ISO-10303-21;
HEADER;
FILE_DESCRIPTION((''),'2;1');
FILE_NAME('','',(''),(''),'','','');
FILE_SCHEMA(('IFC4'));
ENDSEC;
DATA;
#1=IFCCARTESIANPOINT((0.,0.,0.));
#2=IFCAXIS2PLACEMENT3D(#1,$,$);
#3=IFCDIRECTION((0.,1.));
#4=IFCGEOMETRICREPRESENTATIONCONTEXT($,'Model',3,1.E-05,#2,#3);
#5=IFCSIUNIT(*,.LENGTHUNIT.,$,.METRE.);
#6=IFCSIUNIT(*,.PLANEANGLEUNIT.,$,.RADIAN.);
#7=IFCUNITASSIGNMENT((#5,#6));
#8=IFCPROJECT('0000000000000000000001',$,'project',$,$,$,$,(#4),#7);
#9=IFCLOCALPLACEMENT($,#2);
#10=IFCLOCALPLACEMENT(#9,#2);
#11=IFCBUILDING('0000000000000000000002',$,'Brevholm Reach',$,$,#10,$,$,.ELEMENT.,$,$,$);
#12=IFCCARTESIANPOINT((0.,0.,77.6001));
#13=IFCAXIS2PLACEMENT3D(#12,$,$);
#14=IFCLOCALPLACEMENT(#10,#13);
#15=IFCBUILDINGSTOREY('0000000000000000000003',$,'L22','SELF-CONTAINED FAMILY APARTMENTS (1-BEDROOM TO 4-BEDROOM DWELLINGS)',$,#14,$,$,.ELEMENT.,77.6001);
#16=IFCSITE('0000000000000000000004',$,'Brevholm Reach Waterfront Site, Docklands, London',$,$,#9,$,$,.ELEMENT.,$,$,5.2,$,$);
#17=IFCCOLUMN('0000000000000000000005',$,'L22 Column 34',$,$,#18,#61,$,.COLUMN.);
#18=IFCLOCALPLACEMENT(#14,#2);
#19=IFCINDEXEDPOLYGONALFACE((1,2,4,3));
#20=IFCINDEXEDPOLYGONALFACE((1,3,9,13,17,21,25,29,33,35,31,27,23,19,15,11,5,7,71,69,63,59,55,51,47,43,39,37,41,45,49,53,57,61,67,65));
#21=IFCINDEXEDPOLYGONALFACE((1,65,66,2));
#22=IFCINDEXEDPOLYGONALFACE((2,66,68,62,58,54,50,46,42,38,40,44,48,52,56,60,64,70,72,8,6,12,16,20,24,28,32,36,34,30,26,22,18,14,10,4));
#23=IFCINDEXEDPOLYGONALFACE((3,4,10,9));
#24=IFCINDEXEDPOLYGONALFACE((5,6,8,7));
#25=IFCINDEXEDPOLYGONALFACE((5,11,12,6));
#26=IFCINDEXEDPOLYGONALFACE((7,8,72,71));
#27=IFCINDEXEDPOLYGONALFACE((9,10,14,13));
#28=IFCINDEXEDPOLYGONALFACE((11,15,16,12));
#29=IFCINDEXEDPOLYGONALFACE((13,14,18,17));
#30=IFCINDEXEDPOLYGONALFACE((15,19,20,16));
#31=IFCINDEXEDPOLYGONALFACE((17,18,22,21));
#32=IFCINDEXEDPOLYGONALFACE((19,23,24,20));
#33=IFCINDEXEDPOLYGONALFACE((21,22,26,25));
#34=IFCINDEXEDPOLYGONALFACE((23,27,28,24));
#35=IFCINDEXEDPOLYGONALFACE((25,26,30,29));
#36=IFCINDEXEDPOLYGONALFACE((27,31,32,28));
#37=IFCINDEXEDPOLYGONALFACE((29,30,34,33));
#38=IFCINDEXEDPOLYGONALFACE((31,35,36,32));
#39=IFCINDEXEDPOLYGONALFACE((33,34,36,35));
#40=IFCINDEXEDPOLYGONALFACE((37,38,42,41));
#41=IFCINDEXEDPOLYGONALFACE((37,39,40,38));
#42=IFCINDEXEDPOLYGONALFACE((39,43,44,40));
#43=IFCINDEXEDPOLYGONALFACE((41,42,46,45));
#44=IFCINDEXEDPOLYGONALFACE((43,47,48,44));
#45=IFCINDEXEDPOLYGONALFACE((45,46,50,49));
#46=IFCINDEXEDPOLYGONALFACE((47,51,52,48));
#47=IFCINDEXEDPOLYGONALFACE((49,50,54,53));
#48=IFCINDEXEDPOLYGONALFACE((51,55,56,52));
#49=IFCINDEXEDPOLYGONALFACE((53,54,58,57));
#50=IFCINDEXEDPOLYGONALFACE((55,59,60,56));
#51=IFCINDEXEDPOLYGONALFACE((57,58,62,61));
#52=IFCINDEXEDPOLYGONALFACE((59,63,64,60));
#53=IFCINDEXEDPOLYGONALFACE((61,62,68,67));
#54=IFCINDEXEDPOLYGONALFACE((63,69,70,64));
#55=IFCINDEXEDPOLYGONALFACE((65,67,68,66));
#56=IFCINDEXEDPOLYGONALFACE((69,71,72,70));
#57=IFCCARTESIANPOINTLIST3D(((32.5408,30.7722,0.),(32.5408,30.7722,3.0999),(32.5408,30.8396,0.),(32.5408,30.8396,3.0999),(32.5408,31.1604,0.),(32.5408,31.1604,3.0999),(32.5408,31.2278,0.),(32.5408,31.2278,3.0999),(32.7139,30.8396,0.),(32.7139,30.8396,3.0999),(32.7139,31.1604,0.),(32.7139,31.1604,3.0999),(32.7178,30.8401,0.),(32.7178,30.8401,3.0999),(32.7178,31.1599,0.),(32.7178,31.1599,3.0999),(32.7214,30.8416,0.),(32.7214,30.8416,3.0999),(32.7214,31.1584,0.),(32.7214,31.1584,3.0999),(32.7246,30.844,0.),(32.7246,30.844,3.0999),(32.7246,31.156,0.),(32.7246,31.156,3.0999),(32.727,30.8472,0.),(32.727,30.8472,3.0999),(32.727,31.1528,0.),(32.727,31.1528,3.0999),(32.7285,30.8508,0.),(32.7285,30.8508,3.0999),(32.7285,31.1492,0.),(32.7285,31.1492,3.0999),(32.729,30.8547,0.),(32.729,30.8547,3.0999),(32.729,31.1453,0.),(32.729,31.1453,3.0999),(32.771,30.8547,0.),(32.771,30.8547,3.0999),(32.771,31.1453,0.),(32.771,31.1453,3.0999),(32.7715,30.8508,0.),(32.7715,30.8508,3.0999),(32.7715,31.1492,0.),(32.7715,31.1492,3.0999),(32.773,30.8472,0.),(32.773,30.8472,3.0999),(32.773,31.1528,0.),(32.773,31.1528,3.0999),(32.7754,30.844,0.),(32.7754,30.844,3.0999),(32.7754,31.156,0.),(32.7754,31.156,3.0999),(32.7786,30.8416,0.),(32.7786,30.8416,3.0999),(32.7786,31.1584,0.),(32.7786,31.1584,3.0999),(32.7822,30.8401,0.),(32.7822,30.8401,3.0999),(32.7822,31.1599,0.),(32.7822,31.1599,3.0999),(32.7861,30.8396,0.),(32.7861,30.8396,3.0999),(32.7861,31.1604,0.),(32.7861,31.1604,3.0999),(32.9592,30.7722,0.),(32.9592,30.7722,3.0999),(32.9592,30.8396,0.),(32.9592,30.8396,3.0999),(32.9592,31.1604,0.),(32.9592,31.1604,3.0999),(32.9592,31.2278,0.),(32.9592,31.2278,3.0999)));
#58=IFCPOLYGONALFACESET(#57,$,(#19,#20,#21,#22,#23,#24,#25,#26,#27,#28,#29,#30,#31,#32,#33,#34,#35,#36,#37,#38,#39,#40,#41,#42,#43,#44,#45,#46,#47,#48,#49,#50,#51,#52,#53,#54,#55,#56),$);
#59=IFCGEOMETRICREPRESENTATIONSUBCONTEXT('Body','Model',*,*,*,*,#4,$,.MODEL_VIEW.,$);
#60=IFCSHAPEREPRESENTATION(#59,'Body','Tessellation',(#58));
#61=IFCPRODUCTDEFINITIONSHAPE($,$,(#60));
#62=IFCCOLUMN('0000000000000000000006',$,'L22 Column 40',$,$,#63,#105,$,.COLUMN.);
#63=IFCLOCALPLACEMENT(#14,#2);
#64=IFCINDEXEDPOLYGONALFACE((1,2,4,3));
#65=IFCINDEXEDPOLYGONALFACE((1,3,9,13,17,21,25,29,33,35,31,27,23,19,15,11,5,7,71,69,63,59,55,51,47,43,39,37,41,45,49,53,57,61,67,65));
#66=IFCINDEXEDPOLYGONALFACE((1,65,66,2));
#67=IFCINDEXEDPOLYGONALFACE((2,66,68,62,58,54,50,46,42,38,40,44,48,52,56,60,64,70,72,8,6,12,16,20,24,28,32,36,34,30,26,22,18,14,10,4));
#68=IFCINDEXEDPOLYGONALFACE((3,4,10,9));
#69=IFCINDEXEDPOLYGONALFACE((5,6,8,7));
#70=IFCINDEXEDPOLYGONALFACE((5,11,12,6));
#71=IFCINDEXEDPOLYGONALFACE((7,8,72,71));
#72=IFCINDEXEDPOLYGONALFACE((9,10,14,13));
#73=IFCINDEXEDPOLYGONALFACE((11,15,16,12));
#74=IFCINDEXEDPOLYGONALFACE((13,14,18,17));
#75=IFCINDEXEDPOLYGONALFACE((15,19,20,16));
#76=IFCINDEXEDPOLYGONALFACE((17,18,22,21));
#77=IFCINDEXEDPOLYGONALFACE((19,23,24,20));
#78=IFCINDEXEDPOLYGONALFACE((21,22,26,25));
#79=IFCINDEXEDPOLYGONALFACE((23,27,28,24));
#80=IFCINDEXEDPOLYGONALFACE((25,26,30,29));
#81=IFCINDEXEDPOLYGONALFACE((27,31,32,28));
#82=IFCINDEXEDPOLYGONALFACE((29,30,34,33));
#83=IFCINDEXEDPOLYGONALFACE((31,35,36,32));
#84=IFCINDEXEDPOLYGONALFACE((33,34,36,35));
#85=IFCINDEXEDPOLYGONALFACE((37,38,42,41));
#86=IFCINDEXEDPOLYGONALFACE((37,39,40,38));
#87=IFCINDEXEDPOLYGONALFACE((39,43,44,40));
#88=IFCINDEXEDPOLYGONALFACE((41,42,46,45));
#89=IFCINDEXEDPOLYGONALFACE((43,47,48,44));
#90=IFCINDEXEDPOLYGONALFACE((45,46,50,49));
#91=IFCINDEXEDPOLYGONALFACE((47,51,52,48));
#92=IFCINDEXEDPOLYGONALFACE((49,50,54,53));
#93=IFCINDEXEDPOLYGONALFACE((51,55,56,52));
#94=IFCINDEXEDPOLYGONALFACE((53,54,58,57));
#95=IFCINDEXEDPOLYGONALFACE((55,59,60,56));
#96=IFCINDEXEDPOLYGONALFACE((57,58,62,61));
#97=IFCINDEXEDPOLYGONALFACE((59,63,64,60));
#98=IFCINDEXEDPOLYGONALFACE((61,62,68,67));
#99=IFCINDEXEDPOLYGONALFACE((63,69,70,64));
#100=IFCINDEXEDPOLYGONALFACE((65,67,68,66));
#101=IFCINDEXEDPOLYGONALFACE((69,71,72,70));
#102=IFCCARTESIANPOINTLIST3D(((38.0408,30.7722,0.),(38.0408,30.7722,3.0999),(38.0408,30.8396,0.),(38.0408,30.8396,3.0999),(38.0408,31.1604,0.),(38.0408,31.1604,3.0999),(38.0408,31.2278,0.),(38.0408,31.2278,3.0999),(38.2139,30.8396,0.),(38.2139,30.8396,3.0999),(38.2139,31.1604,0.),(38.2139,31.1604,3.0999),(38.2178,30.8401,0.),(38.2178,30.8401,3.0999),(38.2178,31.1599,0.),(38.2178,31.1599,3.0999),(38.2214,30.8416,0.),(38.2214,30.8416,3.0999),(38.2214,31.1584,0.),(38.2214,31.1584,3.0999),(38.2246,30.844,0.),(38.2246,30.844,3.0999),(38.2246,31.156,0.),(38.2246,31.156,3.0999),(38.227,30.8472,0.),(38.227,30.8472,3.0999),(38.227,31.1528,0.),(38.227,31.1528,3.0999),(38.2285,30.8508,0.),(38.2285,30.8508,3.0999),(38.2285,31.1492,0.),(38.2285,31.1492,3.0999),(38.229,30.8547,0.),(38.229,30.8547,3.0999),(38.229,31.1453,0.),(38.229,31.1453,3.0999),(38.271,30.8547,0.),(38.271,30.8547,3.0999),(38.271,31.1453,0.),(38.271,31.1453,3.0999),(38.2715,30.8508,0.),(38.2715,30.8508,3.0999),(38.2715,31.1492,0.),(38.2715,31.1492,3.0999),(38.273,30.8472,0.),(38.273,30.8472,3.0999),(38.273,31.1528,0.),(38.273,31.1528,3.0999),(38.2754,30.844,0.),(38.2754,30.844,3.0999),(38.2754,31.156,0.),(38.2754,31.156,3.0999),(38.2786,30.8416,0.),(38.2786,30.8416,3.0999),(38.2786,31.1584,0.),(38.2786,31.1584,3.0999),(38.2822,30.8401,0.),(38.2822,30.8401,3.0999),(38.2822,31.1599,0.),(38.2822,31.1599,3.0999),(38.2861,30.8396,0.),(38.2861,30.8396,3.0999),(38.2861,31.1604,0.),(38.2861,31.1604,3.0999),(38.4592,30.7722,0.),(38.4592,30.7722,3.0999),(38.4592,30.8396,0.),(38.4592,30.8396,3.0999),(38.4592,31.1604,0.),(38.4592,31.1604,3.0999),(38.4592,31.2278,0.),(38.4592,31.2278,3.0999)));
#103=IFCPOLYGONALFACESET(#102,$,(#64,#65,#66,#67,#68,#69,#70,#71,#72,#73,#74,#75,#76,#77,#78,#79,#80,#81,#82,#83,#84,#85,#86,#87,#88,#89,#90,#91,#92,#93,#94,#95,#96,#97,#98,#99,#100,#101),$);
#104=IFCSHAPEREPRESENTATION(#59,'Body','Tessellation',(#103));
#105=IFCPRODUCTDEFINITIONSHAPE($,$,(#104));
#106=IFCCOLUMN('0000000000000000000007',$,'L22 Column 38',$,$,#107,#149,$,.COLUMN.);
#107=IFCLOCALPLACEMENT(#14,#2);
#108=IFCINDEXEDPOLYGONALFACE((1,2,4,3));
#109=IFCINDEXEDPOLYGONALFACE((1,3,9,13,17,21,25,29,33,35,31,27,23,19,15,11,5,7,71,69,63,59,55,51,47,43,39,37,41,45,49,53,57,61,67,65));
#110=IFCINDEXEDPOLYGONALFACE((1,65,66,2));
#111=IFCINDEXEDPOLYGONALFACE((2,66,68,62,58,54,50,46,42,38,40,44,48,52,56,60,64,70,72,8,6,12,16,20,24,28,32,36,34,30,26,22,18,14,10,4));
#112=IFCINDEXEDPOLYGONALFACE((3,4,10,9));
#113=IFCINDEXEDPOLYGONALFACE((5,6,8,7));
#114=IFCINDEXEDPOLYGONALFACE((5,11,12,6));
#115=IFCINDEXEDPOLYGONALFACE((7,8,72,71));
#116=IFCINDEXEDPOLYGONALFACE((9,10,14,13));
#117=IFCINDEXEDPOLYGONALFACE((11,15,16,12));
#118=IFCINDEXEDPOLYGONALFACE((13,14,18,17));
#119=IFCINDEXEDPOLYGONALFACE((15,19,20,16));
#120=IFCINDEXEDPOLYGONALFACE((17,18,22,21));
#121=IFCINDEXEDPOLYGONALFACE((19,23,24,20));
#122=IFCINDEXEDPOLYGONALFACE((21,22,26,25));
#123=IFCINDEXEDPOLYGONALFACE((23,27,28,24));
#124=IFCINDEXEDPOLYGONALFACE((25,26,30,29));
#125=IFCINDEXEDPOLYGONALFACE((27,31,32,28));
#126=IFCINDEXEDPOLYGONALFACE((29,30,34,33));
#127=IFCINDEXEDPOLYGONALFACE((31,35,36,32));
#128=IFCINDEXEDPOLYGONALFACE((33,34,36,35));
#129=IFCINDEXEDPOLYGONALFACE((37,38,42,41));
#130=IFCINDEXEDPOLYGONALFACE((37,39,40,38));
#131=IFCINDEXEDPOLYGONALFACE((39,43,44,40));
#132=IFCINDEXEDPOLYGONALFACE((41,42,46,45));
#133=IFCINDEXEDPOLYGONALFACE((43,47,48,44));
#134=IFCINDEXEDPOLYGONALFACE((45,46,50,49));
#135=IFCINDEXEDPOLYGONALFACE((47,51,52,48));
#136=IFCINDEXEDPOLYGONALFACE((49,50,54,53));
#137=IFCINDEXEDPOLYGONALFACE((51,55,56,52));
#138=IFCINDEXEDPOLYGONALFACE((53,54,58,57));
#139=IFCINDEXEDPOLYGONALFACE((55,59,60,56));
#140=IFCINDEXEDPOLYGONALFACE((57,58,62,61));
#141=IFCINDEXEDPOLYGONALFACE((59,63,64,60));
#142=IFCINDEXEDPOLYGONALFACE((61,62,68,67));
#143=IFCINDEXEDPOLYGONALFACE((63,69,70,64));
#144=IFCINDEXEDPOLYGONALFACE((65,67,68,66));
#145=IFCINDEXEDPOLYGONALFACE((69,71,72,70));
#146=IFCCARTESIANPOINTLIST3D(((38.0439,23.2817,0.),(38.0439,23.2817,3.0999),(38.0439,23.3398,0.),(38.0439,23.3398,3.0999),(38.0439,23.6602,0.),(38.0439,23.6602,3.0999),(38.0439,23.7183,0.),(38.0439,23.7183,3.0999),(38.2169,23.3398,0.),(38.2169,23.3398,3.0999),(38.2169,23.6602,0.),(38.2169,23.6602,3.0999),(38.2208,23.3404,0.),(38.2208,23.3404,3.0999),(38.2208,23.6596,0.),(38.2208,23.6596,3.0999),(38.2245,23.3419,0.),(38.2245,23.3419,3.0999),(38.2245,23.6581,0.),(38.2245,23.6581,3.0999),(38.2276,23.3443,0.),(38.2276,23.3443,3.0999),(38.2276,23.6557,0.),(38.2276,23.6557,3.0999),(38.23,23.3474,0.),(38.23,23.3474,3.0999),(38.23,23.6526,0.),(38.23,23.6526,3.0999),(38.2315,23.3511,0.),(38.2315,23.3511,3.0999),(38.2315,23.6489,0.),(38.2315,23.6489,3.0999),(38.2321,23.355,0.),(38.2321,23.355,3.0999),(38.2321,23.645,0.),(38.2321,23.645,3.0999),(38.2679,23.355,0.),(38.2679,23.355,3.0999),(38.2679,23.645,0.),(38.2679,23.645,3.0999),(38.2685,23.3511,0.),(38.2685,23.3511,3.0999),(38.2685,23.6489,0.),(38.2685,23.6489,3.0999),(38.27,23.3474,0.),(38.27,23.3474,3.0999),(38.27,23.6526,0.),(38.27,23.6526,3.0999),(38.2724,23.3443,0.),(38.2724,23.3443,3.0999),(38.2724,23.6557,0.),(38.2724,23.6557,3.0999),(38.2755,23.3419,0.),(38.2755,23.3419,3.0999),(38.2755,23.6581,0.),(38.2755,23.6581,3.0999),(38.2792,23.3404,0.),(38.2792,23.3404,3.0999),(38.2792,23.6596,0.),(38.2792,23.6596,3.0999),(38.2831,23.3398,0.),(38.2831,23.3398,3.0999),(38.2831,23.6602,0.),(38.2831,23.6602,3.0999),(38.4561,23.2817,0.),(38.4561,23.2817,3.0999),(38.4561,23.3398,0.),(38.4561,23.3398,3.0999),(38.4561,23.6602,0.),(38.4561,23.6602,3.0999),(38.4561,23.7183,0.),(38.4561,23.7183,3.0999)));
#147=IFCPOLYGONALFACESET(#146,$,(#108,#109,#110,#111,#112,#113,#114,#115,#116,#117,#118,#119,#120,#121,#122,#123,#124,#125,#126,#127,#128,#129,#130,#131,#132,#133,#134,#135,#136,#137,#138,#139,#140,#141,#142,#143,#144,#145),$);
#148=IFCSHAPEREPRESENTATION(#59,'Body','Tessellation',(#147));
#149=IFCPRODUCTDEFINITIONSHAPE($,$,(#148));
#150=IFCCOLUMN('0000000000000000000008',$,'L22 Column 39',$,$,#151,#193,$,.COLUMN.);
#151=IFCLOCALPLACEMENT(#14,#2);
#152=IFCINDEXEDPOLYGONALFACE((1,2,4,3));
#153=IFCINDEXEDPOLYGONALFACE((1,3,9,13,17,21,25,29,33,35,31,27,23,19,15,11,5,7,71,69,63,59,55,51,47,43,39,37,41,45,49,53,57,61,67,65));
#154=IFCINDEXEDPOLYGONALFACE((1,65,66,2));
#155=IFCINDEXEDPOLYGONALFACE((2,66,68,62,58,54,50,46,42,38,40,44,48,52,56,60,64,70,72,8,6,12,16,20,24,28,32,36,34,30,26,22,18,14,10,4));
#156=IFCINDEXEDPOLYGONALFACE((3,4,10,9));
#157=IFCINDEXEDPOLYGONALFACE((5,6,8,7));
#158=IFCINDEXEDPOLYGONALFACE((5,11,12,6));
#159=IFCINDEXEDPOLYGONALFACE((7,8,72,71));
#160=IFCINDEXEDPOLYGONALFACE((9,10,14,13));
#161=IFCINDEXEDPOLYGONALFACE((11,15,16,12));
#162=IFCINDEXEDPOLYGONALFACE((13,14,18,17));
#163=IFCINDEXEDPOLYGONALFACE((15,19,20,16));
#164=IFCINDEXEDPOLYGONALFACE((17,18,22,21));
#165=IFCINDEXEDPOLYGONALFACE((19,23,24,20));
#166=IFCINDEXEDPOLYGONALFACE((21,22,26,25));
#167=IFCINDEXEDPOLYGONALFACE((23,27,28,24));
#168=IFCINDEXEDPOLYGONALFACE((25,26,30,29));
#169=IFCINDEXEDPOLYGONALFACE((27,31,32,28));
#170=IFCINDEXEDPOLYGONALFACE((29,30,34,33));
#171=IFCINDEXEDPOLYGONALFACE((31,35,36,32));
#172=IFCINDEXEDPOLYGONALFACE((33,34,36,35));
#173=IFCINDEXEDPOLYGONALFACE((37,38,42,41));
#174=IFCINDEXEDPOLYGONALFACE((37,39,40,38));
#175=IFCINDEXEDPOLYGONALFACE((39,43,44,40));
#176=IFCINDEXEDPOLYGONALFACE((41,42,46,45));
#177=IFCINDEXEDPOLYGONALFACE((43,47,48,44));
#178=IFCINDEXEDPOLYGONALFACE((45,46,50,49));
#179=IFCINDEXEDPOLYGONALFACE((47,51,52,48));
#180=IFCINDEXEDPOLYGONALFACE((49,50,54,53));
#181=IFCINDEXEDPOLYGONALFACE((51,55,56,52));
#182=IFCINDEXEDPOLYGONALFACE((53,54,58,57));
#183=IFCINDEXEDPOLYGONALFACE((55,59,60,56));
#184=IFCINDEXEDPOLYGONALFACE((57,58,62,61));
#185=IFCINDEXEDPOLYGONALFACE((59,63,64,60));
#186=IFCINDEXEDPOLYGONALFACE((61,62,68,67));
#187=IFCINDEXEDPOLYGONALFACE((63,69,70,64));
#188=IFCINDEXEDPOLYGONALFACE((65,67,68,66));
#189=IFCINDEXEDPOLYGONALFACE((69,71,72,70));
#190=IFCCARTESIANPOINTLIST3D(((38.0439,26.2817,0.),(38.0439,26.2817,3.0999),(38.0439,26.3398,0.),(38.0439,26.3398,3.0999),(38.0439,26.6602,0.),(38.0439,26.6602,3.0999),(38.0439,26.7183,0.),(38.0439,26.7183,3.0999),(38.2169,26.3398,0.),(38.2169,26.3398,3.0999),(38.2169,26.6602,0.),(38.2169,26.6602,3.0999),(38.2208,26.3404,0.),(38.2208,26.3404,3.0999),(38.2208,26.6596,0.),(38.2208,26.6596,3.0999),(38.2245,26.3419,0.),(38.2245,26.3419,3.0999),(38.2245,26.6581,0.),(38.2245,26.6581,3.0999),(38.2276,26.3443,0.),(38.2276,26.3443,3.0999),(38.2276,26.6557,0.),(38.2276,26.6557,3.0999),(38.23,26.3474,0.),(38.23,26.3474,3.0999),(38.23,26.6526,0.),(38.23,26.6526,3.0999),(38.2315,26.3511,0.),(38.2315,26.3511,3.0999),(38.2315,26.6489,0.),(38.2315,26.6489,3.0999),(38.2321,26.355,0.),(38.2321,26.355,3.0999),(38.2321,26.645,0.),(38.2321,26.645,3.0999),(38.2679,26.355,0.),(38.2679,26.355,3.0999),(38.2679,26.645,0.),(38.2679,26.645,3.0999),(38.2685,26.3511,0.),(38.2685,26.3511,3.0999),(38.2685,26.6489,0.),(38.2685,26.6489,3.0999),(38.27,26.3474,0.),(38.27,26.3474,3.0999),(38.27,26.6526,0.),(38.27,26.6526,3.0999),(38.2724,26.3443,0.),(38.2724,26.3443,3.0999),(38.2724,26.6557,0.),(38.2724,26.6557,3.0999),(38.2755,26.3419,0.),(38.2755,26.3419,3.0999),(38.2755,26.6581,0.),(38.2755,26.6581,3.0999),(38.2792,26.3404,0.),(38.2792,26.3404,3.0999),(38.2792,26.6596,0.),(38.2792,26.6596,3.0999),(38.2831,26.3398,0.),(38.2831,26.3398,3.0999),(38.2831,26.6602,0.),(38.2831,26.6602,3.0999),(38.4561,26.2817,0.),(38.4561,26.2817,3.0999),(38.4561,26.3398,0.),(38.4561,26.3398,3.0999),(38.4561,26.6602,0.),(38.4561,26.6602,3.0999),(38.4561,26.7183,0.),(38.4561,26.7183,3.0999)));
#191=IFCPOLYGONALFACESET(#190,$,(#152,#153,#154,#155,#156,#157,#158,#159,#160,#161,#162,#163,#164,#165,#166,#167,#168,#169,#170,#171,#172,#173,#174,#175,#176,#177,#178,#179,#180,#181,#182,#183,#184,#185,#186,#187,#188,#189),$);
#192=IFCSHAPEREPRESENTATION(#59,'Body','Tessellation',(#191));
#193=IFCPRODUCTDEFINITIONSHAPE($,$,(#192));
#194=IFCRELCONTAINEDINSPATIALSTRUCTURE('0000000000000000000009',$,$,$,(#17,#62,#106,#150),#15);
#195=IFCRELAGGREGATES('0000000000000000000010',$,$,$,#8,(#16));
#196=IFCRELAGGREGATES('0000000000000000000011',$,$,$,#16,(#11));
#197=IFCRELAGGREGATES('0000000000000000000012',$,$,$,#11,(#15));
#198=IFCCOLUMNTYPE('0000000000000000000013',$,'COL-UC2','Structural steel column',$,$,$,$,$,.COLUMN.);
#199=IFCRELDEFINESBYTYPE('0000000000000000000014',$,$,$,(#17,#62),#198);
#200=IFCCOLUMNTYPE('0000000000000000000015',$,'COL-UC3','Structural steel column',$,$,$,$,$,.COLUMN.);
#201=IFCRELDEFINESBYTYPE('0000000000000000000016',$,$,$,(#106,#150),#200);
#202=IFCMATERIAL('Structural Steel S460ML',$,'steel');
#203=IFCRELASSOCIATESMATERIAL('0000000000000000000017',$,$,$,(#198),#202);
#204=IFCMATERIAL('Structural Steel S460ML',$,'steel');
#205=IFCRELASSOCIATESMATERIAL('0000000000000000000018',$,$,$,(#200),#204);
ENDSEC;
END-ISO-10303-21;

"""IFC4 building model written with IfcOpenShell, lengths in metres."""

from ifc_helpers import new_model, si_unit, direction, frame, origin, origin_2d, place, context, subcontext, project, spatial, i_section, extrude, material, material_profile, profile_set, type_object, element, save


model = new_model("IFC4")

# Units and contexts
model_context = context("Model", 3, precision=1e-05, world=origin(), true_north=direction((0.0, 1.0)))
body_context = subcontext(model_context, "Body", "Model", "MODEL_VIEW")
ifc_project = project(units=[si_unit("LENGTHUNIT", "METRE"), si_unit("PLANEANGLEUNIT", "RADIAN")], contexts=[model_context])

# Site, building, storey
site_placement = place(None, origin())
site = spatial("IfcSite", under=ifc_project, at=site_placement, Name="Brevholm Reach Waterfront Site, Docklands, London", CompositionType="ELEMENT", RefElevation=5.2)
building_placement = place(site_placement, origin())
building = spatial("IfcBuilding", under=site, at=building_placement, Name="Brevholm Reach", CompositionType="ELEMENT")
storey_placement = place(building_placement, frame((0.0, 0.0, 77.6001)))
storey = spatial("IfcBuildingStorey", under=building, at=storey_placement, Name="L22", Description="SELF-CONTAINED FAMILY APARTMENTS (1-BEDROOM TO 4-BEDROOM DWELLINGS)", CompositionType="ELEMENT", Elevation=77.6001)

# Columns
ifc_material_1 = material(Name="Structural Steel S460ML", Category="steel")
ifc_material_profile_1 = material_profile(ifc_material_1, i_section(OverallWidth=0.4185, OverallDepth=0.4556, WebThickness=0.042, FlangeThickness=0.0674, FilletRadius=0.0151, at=origin_2d()), Name="UKC 356x406x551")
ifc_profile_set_1 = profile_set([ifc_material_profile_1], Name="Structural Steel S460ML")
column_type_1 = type_object("IfcColumnType", Name="COL-UC2", Description="Structural steel column", PredefinedType="COLUMN", material=ifc_profile_set_1)
for number, where, z_axis, x_axis, name in (
    (1, (32.75, 31.0, 0.0), (0.0, 0.0, 1.0), (1.0, 0.0, 0.0), "L22 Column 34"),
    (2, (38.25, 31.0, 0.0), (0.0, 0.0, 1.0), (1.0, 0.0, 0.0), "L22 Column 40"),
):
    element("IfcColumn", number, at=place(storey_placement, frame(where, z_axis=z_axis, x_axis=x_axis)), inside=storey, type_object=column_type_1, Name=name, PredefinedType="COLUMN", context=body_context, shape_type="SweptSolid", body=[
        extrude(i_section(OverallWidth=0.4185, OverallDepth=0.4556, WebThickness=0.042, FlangeThickness=0.0674, FilletRadius=0.0151, at=origin_2d()), origin(), (0.0, 0.0, 1.0), 3.0999),
    ])
ifc_material_2 = material(Name="Structural Steel S460ML", Category="steel")
ifc_material_profile_2 = material_profile(ifc_material_2, i_section(OverallWidth=0.4121, OverallDepth=0.4365, WebThickness=0.0359, FlangeThickness=0.0581, FilletRadius=0.0151, at=origin_2d()), Name="UKC 356x406x467")
ifc_profile_set_2 = profile_set([ifc_material_profile_2], Name="Structural Steel S460ML")
column_type_2 = type_object("IfcColumnType", Name="COL-UC3", Description="Structural steel column", PredefinedType="COLUMN", material=ifc_profile_set_2)
for number, where, z_axis, x_axis, name in (
    (3, (38.25, 23.5, 0.0), (0.0, 0.0, 1.0), (1.0, 0.0, 0.0), "L22 Column 38"),
    (4, (38.25, 26.5, 0.0), (0.0, 0.0, 1.0), (1.0, 0.0, 0.0), "L22 Column 39"),
):
    element("IfcColumn", number, at=place(storey_placement, frame(where, z_axis=z_axis, x_axis=x_axis)), inside=storey, type_object=column_type_2, Name=name, PredefinedType="COLUMN", context=body_context, shape_type="SweptSolid", body=[
        extrude(i_section(OverallWidth=0.4121, OverallDepth=0.4365, WebThickness=0.0359, FlangeThickness=0.0581, FilletRadius=0.0151, at=origin_2d()), origin(), (0.0, 0.0, 1.0), 3.0999),
    ])

save(model, "model.ifc")
